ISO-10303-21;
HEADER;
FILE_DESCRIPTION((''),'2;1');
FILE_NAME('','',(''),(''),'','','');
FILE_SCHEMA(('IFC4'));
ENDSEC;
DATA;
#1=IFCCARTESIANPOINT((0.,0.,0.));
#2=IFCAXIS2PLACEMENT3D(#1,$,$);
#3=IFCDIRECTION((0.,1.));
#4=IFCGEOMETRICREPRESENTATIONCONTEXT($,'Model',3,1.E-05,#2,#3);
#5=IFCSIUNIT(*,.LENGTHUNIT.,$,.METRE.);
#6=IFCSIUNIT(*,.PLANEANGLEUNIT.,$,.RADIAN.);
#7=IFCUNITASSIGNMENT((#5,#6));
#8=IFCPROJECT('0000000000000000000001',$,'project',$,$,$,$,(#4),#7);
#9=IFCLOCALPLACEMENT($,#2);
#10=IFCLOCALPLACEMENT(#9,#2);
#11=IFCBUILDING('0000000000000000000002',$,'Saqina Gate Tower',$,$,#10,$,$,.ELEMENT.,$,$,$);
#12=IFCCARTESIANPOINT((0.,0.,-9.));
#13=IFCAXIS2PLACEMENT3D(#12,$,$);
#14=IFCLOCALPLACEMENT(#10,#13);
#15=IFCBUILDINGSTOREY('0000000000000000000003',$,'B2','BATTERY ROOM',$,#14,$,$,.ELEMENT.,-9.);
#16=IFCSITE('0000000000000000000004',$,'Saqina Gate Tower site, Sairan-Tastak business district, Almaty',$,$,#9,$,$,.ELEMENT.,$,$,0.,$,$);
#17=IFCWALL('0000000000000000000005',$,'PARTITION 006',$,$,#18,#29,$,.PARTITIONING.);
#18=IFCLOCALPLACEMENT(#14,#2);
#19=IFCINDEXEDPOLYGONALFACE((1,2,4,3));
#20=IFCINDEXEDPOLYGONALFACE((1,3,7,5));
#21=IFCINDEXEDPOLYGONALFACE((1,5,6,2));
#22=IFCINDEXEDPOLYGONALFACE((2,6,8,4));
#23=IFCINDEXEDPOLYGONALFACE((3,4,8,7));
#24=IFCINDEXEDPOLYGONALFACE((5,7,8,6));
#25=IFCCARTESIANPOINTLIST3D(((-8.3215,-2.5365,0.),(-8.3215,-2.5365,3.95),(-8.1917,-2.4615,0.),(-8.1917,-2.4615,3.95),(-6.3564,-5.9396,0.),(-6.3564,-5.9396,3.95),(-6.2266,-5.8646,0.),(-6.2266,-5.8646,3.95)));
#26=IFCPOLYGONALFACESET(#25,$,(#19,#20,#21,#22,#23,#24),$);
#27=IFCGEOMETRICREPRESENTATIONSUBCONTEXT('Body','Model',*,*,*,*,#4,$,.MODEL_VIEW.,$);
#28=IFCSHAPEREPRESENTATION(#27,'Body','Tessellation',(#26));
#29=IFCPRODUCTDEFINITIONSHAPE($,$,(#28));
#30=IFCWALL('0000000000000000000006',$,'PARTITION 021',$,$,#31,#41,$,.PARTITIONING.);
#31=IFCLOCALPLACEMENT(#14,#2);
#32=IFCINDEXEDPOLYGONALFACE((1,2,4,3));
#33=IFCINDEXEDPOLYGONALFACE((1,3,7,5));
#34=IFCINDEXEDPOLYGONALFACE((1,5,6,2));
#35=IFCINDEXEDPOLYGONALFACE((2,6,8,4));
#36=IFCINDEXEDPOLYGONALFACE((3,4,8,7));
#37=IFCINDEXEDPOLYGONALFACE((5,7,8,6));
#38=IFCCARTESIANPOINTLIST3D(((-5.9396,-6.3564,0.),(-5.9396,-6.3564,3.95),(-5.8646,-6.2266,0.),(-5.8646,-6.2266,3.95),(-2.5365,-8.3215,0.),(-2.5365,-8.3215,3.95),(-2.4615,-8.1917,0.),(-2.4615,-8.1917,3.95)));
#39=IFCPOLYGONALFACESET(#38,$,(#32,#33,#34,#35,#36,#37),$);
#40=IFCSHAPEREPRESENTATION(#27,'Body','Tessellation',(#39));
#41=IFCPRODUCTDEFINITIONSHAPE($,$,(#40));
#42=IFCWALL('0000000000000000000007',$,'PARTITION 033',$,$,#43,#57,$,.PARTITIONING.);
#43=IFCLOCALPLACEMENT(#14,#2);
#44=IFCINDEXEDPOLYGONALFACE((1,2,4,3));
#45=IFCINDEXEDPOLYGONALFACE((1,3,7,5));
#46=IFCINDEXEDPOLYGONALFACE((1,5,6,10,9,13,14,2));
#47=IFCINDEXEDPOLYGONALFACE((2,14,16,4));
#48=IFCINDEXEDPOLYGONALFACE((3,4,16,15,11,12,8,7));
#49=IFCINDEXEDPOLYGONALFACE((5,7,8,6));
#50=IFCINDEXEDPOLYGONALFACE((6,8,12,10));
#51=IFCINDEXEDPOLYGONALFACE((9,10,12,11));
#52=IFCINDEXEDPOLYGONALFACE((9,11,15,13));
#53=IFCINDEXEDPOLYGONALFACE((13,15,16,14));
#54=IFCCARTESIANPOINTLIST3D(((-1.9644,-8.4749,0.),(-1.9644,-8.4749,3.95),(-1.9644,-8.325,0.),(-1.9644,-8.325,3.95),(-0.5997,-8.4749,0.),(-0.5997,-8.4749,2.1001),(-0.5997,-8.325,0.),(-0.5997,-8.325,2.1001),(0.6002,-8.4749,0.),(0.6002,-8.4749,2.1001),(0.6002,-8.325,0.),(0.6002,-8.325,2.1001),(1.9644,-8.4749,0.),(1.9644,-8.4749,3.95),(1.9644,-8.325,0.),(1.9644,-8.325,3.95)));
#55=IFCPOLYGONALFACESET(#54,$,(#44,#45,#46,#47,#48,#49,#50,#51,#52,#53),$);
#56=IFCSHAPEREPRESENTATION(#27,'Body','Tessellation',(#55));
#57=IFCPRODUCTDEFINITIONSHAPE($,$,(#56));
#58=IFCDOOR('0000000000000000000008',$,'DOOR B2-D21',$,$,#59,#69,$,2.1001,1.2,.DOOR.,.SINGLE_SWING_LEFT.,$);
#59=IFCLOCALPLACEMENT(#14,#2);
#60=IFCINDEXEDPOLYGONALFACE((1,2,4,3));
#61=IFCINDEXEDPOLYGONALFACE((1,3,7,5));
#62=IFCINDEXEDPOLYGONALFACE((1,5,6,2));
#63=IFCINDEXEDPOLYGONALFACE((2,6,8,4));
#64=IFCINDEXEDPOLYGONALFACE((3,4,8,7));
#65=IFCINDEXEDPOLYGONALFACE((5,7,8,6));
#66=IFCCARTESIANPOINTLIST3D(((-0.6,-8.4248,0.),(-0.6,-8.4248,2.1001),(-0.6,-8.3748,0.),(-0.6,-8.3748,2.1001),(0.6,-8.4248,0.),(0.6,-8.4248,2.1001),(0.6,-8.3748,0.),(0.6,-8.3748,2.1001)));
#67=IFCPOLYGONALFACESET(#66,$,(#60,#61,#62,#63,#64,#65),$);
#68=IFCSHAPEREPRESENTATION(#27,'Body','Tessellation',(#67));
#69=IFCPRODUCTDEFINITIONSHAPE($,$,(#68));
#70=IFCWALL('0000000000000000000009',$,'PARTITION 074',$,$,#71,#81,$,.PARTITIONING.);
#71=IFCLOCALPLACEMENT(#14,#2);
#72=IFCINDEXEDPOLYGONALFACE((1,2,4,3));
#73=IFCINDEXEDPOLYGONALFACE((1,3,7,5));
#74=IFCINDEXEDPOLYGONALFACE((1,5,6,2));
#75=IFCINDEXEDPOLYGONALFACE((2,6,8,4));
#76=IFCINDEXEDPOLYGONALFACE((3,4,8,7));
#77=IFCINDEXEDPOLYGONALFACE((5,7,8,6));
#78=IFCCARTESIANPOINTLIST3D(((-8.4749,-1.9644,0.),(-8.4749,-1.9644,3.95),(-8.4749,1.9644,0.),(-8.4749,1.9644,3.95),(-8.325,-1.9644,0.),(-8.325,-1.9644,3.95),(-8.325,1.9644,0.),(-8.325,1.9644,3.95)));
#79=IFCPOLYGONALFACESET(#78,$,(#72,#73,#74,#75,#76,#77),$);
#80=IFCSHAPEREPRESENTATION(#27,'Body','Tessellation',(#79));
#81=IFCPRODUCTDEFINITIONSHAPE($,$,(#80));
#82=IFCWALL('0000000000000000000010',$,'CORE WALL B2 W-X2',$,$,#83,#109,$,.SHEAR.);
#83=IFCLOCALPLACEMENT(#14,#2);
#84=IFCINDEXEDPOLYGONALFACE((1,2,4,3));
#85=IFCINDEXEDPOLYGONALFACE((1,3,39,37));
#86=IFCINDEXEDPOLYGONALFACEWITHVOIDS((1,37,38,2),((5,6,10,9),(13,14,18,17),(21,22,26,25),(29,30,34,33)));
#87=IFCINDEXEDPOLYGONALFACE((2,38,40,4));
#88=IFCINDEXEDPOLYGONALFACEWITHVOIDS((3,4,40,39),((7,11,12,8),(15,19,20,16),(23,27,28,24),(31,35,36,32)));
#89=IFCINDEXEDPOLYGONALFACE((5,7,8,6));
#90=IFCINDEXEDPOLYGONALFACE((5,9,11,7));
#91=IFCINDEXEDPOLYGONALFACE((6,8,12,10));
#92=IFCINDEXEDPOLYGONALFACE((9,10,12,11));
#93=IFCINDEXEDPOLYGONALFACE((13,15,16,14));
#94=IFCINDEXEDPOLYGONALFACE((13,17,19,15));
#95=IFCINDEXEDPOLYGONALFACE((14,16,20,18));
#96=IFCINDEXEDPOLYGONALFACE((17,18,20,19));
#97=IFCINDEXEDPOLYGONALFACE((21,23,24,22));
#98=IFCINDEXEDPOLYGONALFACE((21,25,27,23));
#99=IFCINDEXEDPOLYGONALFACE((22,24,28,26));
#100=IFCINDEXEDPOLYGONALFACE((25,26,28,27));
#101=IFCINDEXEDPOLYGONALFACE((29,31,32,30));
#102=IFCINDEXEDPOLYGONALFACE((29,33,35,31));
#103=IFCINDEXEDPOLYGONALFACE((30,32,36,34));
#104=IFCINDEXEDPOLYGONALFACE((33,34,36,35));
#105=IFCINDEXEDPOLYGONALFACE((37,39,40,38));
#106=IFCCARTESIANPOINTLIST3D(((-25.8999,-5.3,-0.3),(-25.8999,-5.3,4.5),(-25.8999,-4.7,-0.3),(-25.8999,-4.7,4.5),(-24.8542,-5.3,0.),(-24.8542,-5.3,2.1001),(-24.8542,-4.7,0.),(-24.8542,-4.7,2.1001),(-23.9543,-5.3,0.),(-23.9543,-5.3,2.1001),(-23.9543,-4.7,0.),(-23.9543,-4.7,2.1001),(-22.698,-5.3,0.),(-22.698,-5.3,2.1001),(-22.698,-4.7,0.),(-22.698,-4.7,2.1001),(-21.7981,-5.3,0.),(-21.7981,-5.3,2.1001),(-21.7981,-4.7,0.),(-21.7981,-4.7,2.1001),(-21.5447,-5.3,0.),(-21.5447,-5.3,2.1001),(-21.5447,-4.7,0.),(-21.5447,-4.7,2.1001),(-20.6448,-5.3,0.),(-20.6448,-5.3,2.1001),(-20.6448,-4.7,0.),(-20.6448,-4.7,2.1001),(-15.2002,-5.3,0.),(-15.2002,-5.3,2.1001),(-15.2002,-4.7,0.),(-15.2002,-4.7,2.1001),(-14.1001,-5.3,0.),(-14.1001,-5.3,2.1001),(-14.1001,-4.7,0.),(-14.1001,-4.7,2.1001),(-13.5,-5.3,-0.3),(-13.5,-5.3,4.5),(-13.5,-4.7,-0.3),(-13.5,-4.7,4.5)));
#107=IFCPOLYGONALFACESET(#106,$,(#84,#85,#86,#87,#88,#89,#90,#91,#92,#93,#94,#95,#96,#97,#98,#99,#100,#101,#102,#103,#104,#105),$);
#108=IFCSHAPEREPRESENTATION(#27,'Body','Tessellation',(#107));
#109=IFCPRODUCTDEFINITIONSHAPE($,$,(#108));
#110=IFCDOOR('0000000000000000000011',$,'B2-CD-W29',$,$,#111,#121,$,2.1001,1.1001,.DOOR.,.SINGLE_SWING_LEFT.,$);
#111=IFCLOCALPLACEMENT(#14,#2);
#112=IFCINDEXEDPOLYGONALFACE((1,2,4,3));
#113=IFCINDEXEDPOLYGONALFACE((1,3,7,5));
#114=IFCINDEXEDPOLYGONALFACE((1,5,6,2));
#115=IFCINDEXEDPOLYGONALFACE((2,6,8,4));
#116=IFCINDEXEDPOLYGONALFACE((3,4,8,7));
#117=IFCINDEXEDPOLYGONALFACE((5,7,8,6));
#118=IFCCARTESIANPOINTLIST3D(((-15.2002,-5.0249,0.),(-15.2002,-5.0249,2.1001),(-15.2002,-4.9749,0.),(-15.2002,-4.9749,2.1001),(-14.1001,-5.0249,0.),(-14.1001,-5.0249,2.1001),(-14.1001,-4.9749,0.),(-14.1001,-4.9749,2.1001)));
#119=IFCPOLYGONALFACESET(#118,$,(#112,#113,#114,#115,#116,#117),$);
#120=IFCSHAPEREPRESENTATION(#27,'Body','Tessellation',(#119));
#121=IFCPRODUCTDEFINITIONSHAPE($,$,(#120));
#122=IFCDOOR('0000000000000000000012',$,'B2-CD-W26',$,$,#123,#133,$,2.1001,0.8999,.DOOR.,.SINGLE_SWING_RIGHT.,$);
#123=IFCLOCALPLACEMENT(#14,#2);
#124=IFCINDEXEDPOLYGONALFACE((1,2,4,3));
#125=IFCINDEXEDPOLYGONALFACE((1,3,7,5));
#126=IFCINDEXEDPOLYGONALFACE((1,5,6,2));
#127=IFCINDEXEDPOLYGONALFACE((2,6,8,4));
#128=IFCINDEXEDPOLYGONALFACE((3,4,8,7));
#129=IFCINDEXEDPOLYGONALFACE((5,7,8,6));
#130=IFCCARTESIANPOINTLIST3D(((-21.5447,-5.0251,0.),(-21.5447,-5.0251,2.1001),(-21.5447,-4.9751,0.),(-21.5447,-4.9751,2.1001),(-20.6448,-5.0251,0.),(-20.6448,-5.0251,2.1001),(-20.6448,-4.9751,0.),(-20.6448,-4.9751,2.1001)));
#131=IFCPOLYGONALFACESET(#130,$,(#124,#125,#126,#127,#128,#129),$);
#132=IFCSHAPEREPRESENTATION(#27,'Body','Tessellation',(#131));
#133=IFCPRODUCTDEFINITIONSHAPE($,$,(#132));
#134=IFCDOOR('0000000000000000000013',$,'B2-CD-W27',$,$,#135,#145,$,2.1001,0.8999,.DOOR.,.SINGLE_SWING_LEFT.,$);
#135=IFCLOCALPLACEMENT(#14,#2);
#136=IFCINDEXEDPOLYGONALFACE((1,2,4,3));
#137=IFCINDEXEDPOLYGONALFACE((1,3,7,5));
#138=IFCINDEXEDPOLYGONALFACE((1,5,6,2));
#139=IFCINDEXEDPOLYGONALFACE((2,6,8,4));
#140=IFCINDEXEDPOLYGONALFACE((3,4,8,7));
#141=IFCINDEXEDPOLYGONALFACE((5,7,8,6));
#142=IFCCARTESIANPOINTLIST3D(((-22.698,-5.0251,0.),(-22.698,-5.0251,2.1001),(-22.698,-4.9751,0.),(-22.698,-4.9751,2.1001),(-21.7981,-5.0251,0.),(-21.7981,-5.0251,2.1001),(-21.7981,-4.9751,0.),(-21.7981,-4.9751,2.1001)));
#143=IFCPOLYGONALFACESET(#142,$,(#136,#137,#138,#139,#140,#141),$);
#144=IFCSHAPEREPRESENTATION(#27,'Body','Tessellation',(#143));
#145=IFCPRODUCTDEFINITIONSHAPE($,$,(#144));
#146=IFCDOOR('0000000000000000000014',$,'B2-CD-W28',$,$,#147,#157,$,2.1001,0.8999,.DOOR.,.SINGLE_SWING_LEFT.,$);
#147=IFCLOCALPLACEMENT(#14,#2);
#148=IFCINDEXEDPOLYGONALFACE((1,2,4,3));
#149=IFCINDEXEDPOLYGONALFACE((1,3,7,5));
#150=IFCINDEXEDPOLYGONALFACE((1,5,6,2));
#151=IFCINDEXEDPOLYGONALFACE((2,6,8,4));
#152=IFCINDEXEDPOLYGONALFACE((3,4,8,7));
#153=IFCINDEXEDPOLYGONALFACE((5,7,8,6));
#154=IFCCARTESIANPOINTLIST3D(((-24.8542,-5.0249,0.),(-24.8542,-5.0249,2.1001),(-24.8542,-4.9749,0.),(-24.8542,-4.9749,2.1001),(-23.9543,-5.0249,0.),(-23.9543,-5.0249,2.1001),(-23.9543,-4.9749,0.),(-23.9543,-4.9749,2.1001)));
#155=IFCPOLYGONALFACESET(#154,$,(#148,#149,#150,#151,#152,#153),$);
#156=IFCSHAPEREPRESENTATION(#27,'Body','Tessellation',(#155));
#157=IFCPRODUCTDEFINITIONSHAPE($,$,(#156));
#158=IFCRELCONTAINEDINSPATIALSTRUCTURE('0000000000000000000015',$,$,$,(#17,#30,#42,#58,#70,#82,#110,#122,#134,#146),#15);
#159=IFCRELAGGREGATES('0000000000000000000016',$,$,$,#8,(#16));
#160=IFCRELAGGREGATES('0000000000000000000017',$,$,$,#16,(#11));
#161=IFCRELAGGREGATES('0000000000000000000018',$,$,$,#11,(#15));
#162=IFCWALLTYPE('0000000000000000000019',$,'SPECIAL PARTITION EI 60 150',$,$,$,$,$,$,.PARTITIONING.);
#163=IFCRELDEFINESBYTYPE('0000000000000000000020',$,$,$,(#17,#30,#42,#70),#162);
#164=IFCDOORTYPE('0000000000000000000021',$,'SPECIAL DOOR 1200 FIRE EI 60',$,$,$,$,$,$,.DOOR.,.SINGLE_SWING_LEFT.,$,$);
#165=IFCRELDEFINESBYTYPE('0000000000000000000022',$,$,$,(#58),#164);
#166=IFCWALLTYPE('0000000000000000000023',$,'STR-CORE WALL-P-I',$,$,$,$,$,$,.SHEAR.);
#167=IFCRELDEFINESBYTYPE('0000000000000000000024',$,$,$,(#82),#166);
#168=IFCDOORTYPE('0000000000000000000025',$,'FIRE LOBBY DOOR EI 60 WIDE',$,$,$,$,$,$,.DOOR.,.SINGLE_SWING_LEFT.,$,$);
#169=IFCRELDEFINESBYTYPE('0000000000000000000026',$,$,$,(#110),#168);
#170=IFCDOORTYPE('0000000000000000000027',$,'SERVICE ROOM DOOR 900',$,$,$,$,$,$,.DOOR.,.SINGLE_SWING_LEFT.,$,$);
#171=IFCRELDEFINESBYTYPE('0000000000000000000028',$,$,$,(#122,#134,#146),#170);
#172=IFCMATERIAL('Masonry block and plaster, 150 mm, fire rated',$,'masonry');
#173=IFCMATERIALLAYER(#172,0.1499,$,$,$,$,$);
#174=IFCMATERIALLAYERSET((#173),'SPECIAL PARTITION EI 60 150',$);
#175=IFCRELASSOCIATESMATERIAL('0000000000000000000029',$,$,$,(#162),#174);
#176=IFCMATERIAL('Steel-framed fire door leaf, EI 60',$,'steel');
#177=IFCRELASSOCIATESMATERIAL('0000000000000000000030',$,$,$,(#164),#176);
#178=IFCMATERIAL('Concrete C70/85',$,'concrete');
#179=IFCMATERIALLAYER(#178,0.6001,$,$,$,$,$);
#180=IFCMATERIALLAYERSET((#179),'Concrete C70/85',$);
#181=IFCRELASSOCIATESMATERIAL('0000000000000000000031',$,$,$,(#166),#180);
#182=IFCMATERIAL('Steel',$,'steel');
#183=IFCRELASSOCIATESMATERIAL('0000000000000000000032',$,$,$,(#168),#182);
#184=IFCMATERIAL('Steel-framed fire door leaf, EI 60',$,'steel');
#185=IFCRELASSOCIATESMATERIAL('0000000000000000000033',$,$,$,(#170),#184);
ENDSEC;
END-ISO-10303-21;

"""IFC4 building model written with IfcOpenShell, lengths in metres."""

from ifc_helpers import new_model, si_unit, direction, frame, frame_2d, origin, place, context, subcontext, project, spatial, rectangle, extrude, material, layer, layer_set, type_object, element, fill, save


model = new_model("IFC4")

# Units and contexts
model_context = context("Model", 3, precision=1e-05, world=origin(), true_north=direction((0.0, 1.0)))
body_context = subcontext(model_context, "Body", "Model", "MODEL_VIEW")
ifc_project = project(units=[si_unit("LENGTHUNIT", "METRE"), si_unit("PLANEANGLEUNIT", "RADIAN")], contexts=[model_context])

# Site, building, storey
site_placement = place(None, origin())
site = spatial("IfcSite", under=ifc_project, at=site_placement, Name="Saqina Gate Tower site, Sairan-Tastak business district, Almaty", CompositionType="ELEMENT", RefElevation=0.0)
building_placement = place(site_placement, origin())
building = spatial("IfcBuilding", under=site, at=building_placement, Name="Saqina Gate Tower", CompositionType="ELEMENT")
storey_placement = place(building_placement, frame((0.0, 0.0, -9.0)))
storey = spatial("IfcBuildingStorey", under=building, at=storey_placement, Name="B2", Description="BATTERY ROOM", CompositionType="ELEMENT", Elevation=-9.0)

# Walls
ifc_material_1 = material(Name="Masonry block and plaster, 150 mm, fire rated", Category="masonry")
ifc_layer_1 = layer(ifc_material_1, 0.1499)
ifc_layer_set_1 = layer_set([ifc_layer_1], Name="SPECIAL PARTITION EI 60 150")
wall_type_1 = type_object("IfcWallType", Name="SPECIAL PARTITION EI 60 150", PredefinedType="PARTITIONING", material=ifc_layer_set_1)
for number, where, z_axis, x_axis, name in (
    (1, (-8.2566, -2.499, 0.0), (0.0, 0.0, 1.0), (0.500061, -0.86599, 0.0), "PARTITION 006"),
    (2, (-5.9021, -6.2915, 0.0), (0.0, 0.0, 1.0), (0.86599, -0.500061, 0.0), "PARTITION 021"),
):
    element("IfcWall", number, at=place(storey_placement, frame(where, z_axis=z_axis, x_axis=x_axis)), inside=storey, type_object=wall_type_1, Name=name, PredefinedType="PARTITIONING", context=body_context, shape_type="SweptSolid", body=[
        extrude(rectangle(XDim=3.9297, YDim=0.1499, at=frame_2d((1.9648, 0.0))), origin(), (0.0, 0.0, 1.0), 3.95),
    ])

# Wall, opening, door
wall_1_placement = place(storey_placement, frame((-1.9644, -8.3999, 0.0), z_axis=(0.0, 0.0, 1.0), x_axis=(1.0, 0.0, 0.0)))
wall_1 = element("IfcWall", 3, at=wall_1_placement, inside=storey, type_object=wall_type_1, Name="PARTITION 033", PredefinedType="PARTITIONING", context=body_context, shape_type="SweptSolid", body=[
    extrude(rectangle(XDim=3.9287, YDim=0.1499, at=frame_2d((1.9644, 0.0))), origin(), (0.0, 0.0, 1.0), 3.95),
])
opening_1_placement = place(wall_1_placement, frame((1.3645, 0.0, 0.0)))
opening_1 = element("IfcOpeningElement", 4, at=opening_1_placement, cuts=wall_1, PredefinedType="OPENING", context=body_context, shape_type="SweptSolid", body=[
    extrude(rectangle(XDim=1.2, YDim=2.1001, at=frame_2d((0.6001, 1.05))), frame((0.0, 0.0869, 0.0), z_axis=(0.0, -1.0, 0.0), x_axis=(1.0, 0.0, 0.0)), (0.0, 0.0, 1.0), 0.1738),
])
ifc_material_2 = material(Name="Steel-framed fire door leaf, EI 60", Category="steel")
door_type_1 = type_object("IfcDoorType", Name="SPECIAL DOOR 1200 FIRE EI 60", OperationType="SINGLE_SWING_LEFT", PredefinedType="DOOR", material=ifc_material_2)
door_1_placement = place(opening_1_placement, frame((1.2, 0.0, 0.0), z_axis=(0.0, 0.0, 1.0), x_axis=(-1.0, 0.0, 0.0)))
door_1 = element("IfcDoor", 5, at=door_1_placement, inside=storey, type_object=door_type_1, Name="DOOR B2-D21", OperationType="SINGLE_SWING_LEFT", OverallHeight=2.1001, OverallWidth=1.2, PredefinedType="DOOR", context=body_context, shape_type="SweptSolid", body=[
    extrude(rectangle(XDim=1.2, YDim=2.1001, at=frame_2d((0.6001, 1.05))), frame((0.0, 0.0249, 0.0), z_axis=(0.0, -1.0, 0.0), x_axis=(1.0, 0.0, 0.0)), (0.0, 0.0, 1.0), 0.05),
])
fill(opening_1, door_1)

# Wall
wall_2_placement = place(storey_placement, frame((-8.3999, -1.9644, 0.0), z_axis=(0.0, 0.0, 1.0), x_axis=(0.0, 1.0, 0.0)))
element("IfcWall", 6, at=wall_2_placement, inside=storey, type_object=wall_type_1, Name="PARTITION 074", PredefinedType="PARTITIONING", context=body_context, shape_type="SweptSolid", body=[
    extrude(rectangle(XDim=3.9287, YDim=0.1499, at=frame_2d((1.9644, 0.0))), origin(), (0.0, 0.0, 1.0), 3.95),
])

# Wall, openings, doors
ifc_material_3 = material(Name="Concrete C70/85", Category="concrete")
ifc_layer_2 = layer(ifc_material_3, 0.6001)
ifc_layer_set_2 = layer_set([ifc_layer_2], Name="Concrete C70/85")
wall_type_2 = type_object("IfcWallType", Name="STR-CORE WALL-P-I", PredefinedType="SHEAR", material=ifc_layer_set_2)
wall_3_placement = place(storey_placement, frame((-13.5, -5.0, -0.3), z_axis=(0.0, 0.0, 1.0), x_axis=(-1.0, 0.0, 0.0)))
wall_3 = element("IfcWall", 7, at=wall_3_placement, inside=storey, type_object=wall_type_2, Name="CORE WALL B2 W-X2", PredefinedType="SHEAR", context=body_context, shape_type="SweptSolid", body=[
    extrude(rectangle(XDim=12.3999, YDim=0.6001, at=frame_2d((6.2, 0.0))), origin(), (0.0, 0.0, 1.0), 4.8),
])
opening_2_placement = place(wall_3_placement, frame((7.1448, 0.0, 0.3)))
opening_2 = element("IfcOpeningElement", 8, at=opening_2_placement, cuts=wall_3, PredefinedType="OPENING", context=body_context, shape_type="SweptSolid", body=[
    extrude(rectangle(XDim=0.8999, YDim=2.1001, at=frame_2d((0.45, 1.05))), frame((0.0, 0.312, 0.0), z_axis=(0.0, -1.0, 0.0), x_axis=(1.0, 0.0, 0.0)), (0.0, 0.0, 1.0), 0.624),
])
opening_3_placement = place(wall_3_placement, frame((8.2981, 0.0, 0.3)))
opening_3 = element("IfcOpeningElement", 9, at=opening_3_placement, cuts=wall_3, PredefinedType="OPENING", context=body_context, shape_type="SweptSolid", body=[
    extrude(rectangle(XDim=0.8999, YDim=2.1001, at=frame_2d((0.45, 1.05))), frame((0.0, 0.312, 0.0), z_axis=(0.0, -1.0, 0.0), x_axis=(1.0, 0.0, 0.0)), (0.0, 0.0, 1.0), 0.624),
])
opening_4_placement = place(wall_3_placement, frame((10.4543, 0.0, 0.3)))
opening_4 = element("IfcOpeningElement", 10, at=opening_4_placement, cuts=wall_3, PredefinedType="OPENING", context=body_context, shape_type="SweptSolid", body=[
    extrude(rectangle(XDim=0.8999, YDim=2.1001, at=frame_2d((0.45, 1.05))), frame((0.0, 0.312, 0.0), z_axis=(0.0, -1.0, 0.0), x_axis=(1.0, 0.0, 0.0)), (0.0, 0.0, 1.0), 0.624),
])
opening_5_placement = place(wall_3_placement, frame((0.6001, 0.0, 0.3)))
opening_5 = element("IfcOpeningElement", 11, at=opening_5_placement, cuts=wall_3, PredefinedType="OPENING", context=body_context, shape_type="SweptSolid", body=[
    extrude(rectangle(XDim=1.1001, YDim=2.1001, at=frame_2d((0.55, 1.05))), frame((0.0, 0.312, 0.0), z_axis=(0.0, -1.0, 0.0), x_axis=(1.0, 0.0, 0.0)), (0.0, 0.0, 1.0), 0.624),
])
ifc_material_4 = material(Name="Steel", Category="steel")
door_type_2 = type_object("IfcDoorType", Name="FIRE LOBBY DOOR EI 60 WIDE", OperationType="SINGLE_SWING_LEFT", PredefinedType="DOOR", material=ifc_material_4)
door_2_placement = place(opening_5_placement, origin())
door_2 = element("IfcDoor", 12, at=door_2_placement, inside=storey, type_object=door_type_2, Name="B2-CD-W29", OperationType="SINGLE_SWING_LEFT", OverallHeight=2.1001, OverallWidth=1.1001, PredefinedType="DOOR", context=body_context, shape_type="SweptSolid", body=[
    extrude(rectangle(XDim=1.1001, YDim=2.1001, at=frame_2d((0.55, 1.05))), frame((0.0, 0.0249, 0.0), z_axis=(0.0, -1.0, 0.0), x_axis=(1.0, 0.0, 0.0)), (0.0, 0.0, 1.0), 0.05),
])
fill(opening_5, door_2)
ifc_material_5 = material(Name="Steel-framed fire door leaf, EI 60", Category="steel")
door_type_3 = type_object("IfcDoorType", Name="SERVICE ROOM DOOR 900", OperationType="SINGLE_SWING_LEFT", PredefinedType="DOOR", material=ifc_material_5)
door_3_placement = place(opening_2_placement, frame((0.8999, 0.0, 0.0), z_axis=(0.0, 0.0, 1.0), x_axis=(-1.0, 0.0, 0.0)))
door_3 = element("IfcDoor", 13, at=door_3_placement, inside=storey, type_object=door_type_3, Name="B2-CD-W26", OperationType="SINGLE_SWING_RIGHT", OverallHeight=2.1001, OverallWidth=0.8999, PredefinedType="DOOR", context=body_context, shape_type="SweptSolid", body=[
    extrude(rectangle(XDim=0.8999, YDim=2.1001, at=frame_2d((0.45, 1.05))), frame((0.0, 0.0249, 0.0), z_axis=(0.0, -1.0, 0.0), x_axis=(1.0, 0.0, 0.0)), (0.0, 0.0, 1.0), 0.05),
])
fill(opening_2, door_3)
door_4_placement = place(opening_3_placement, frame((0.8999, 0.0, 0.0), z_axis=(0.0, 0.0, 1.0), x_axis=(-1.0, 0.0, 0.0)))
door_4 = element("IfcDoor", 14, at=door_4_placement, inside=storey, type_object=door_type_3, Name="B2-CD-W27", OperationType="SINGLE_SWING_LEFT", OverallHeight=2.1001, OverallWidth=0.8999, PredefinedType="DOOR", context=body_context, shape_type="SweptSolid", body=[
    extrude(rectangle(XDim=0.8999, YDim=2.1001, at=frame_2d((0.45, 1.05))), frame((0.0, 0.0249, 0.0), z_axis=(0.0, -1.0, 0.0), x_axis=(1.0, 0.0, 0.0)), (0.0, 0.0, 1.0), 0.05),
])
fill(opening_3, door_4)
door_5_placement = place(opening_4_placement, origin())
door_5 = element("IfcDoor", 15, at=door_5_placement, inside=storey, type_object=door_type_3, Name="B2-CD-W28", OperationType="SINGLE_SWING_LEFT", OverallHeight=2.1001, OverallWidth=0.8999, PredefinedType="DOOR", context=body_context, shape_type="SweptSolid", body=[
    extrude(rectangle(XDim=0.8999, YDim=2.1001, at=frame_2d((0.45, 1.05))), frame((0.0, 0.0249, 0.0), z_axis=(0.0, -1.0, 0.0), x_axis=(1.0, 0.0, 0.0)), (0.0, 0.0, 1.0), 0.05),
])
fill(opening_4, door_5)

save(model, "model.ifc")
